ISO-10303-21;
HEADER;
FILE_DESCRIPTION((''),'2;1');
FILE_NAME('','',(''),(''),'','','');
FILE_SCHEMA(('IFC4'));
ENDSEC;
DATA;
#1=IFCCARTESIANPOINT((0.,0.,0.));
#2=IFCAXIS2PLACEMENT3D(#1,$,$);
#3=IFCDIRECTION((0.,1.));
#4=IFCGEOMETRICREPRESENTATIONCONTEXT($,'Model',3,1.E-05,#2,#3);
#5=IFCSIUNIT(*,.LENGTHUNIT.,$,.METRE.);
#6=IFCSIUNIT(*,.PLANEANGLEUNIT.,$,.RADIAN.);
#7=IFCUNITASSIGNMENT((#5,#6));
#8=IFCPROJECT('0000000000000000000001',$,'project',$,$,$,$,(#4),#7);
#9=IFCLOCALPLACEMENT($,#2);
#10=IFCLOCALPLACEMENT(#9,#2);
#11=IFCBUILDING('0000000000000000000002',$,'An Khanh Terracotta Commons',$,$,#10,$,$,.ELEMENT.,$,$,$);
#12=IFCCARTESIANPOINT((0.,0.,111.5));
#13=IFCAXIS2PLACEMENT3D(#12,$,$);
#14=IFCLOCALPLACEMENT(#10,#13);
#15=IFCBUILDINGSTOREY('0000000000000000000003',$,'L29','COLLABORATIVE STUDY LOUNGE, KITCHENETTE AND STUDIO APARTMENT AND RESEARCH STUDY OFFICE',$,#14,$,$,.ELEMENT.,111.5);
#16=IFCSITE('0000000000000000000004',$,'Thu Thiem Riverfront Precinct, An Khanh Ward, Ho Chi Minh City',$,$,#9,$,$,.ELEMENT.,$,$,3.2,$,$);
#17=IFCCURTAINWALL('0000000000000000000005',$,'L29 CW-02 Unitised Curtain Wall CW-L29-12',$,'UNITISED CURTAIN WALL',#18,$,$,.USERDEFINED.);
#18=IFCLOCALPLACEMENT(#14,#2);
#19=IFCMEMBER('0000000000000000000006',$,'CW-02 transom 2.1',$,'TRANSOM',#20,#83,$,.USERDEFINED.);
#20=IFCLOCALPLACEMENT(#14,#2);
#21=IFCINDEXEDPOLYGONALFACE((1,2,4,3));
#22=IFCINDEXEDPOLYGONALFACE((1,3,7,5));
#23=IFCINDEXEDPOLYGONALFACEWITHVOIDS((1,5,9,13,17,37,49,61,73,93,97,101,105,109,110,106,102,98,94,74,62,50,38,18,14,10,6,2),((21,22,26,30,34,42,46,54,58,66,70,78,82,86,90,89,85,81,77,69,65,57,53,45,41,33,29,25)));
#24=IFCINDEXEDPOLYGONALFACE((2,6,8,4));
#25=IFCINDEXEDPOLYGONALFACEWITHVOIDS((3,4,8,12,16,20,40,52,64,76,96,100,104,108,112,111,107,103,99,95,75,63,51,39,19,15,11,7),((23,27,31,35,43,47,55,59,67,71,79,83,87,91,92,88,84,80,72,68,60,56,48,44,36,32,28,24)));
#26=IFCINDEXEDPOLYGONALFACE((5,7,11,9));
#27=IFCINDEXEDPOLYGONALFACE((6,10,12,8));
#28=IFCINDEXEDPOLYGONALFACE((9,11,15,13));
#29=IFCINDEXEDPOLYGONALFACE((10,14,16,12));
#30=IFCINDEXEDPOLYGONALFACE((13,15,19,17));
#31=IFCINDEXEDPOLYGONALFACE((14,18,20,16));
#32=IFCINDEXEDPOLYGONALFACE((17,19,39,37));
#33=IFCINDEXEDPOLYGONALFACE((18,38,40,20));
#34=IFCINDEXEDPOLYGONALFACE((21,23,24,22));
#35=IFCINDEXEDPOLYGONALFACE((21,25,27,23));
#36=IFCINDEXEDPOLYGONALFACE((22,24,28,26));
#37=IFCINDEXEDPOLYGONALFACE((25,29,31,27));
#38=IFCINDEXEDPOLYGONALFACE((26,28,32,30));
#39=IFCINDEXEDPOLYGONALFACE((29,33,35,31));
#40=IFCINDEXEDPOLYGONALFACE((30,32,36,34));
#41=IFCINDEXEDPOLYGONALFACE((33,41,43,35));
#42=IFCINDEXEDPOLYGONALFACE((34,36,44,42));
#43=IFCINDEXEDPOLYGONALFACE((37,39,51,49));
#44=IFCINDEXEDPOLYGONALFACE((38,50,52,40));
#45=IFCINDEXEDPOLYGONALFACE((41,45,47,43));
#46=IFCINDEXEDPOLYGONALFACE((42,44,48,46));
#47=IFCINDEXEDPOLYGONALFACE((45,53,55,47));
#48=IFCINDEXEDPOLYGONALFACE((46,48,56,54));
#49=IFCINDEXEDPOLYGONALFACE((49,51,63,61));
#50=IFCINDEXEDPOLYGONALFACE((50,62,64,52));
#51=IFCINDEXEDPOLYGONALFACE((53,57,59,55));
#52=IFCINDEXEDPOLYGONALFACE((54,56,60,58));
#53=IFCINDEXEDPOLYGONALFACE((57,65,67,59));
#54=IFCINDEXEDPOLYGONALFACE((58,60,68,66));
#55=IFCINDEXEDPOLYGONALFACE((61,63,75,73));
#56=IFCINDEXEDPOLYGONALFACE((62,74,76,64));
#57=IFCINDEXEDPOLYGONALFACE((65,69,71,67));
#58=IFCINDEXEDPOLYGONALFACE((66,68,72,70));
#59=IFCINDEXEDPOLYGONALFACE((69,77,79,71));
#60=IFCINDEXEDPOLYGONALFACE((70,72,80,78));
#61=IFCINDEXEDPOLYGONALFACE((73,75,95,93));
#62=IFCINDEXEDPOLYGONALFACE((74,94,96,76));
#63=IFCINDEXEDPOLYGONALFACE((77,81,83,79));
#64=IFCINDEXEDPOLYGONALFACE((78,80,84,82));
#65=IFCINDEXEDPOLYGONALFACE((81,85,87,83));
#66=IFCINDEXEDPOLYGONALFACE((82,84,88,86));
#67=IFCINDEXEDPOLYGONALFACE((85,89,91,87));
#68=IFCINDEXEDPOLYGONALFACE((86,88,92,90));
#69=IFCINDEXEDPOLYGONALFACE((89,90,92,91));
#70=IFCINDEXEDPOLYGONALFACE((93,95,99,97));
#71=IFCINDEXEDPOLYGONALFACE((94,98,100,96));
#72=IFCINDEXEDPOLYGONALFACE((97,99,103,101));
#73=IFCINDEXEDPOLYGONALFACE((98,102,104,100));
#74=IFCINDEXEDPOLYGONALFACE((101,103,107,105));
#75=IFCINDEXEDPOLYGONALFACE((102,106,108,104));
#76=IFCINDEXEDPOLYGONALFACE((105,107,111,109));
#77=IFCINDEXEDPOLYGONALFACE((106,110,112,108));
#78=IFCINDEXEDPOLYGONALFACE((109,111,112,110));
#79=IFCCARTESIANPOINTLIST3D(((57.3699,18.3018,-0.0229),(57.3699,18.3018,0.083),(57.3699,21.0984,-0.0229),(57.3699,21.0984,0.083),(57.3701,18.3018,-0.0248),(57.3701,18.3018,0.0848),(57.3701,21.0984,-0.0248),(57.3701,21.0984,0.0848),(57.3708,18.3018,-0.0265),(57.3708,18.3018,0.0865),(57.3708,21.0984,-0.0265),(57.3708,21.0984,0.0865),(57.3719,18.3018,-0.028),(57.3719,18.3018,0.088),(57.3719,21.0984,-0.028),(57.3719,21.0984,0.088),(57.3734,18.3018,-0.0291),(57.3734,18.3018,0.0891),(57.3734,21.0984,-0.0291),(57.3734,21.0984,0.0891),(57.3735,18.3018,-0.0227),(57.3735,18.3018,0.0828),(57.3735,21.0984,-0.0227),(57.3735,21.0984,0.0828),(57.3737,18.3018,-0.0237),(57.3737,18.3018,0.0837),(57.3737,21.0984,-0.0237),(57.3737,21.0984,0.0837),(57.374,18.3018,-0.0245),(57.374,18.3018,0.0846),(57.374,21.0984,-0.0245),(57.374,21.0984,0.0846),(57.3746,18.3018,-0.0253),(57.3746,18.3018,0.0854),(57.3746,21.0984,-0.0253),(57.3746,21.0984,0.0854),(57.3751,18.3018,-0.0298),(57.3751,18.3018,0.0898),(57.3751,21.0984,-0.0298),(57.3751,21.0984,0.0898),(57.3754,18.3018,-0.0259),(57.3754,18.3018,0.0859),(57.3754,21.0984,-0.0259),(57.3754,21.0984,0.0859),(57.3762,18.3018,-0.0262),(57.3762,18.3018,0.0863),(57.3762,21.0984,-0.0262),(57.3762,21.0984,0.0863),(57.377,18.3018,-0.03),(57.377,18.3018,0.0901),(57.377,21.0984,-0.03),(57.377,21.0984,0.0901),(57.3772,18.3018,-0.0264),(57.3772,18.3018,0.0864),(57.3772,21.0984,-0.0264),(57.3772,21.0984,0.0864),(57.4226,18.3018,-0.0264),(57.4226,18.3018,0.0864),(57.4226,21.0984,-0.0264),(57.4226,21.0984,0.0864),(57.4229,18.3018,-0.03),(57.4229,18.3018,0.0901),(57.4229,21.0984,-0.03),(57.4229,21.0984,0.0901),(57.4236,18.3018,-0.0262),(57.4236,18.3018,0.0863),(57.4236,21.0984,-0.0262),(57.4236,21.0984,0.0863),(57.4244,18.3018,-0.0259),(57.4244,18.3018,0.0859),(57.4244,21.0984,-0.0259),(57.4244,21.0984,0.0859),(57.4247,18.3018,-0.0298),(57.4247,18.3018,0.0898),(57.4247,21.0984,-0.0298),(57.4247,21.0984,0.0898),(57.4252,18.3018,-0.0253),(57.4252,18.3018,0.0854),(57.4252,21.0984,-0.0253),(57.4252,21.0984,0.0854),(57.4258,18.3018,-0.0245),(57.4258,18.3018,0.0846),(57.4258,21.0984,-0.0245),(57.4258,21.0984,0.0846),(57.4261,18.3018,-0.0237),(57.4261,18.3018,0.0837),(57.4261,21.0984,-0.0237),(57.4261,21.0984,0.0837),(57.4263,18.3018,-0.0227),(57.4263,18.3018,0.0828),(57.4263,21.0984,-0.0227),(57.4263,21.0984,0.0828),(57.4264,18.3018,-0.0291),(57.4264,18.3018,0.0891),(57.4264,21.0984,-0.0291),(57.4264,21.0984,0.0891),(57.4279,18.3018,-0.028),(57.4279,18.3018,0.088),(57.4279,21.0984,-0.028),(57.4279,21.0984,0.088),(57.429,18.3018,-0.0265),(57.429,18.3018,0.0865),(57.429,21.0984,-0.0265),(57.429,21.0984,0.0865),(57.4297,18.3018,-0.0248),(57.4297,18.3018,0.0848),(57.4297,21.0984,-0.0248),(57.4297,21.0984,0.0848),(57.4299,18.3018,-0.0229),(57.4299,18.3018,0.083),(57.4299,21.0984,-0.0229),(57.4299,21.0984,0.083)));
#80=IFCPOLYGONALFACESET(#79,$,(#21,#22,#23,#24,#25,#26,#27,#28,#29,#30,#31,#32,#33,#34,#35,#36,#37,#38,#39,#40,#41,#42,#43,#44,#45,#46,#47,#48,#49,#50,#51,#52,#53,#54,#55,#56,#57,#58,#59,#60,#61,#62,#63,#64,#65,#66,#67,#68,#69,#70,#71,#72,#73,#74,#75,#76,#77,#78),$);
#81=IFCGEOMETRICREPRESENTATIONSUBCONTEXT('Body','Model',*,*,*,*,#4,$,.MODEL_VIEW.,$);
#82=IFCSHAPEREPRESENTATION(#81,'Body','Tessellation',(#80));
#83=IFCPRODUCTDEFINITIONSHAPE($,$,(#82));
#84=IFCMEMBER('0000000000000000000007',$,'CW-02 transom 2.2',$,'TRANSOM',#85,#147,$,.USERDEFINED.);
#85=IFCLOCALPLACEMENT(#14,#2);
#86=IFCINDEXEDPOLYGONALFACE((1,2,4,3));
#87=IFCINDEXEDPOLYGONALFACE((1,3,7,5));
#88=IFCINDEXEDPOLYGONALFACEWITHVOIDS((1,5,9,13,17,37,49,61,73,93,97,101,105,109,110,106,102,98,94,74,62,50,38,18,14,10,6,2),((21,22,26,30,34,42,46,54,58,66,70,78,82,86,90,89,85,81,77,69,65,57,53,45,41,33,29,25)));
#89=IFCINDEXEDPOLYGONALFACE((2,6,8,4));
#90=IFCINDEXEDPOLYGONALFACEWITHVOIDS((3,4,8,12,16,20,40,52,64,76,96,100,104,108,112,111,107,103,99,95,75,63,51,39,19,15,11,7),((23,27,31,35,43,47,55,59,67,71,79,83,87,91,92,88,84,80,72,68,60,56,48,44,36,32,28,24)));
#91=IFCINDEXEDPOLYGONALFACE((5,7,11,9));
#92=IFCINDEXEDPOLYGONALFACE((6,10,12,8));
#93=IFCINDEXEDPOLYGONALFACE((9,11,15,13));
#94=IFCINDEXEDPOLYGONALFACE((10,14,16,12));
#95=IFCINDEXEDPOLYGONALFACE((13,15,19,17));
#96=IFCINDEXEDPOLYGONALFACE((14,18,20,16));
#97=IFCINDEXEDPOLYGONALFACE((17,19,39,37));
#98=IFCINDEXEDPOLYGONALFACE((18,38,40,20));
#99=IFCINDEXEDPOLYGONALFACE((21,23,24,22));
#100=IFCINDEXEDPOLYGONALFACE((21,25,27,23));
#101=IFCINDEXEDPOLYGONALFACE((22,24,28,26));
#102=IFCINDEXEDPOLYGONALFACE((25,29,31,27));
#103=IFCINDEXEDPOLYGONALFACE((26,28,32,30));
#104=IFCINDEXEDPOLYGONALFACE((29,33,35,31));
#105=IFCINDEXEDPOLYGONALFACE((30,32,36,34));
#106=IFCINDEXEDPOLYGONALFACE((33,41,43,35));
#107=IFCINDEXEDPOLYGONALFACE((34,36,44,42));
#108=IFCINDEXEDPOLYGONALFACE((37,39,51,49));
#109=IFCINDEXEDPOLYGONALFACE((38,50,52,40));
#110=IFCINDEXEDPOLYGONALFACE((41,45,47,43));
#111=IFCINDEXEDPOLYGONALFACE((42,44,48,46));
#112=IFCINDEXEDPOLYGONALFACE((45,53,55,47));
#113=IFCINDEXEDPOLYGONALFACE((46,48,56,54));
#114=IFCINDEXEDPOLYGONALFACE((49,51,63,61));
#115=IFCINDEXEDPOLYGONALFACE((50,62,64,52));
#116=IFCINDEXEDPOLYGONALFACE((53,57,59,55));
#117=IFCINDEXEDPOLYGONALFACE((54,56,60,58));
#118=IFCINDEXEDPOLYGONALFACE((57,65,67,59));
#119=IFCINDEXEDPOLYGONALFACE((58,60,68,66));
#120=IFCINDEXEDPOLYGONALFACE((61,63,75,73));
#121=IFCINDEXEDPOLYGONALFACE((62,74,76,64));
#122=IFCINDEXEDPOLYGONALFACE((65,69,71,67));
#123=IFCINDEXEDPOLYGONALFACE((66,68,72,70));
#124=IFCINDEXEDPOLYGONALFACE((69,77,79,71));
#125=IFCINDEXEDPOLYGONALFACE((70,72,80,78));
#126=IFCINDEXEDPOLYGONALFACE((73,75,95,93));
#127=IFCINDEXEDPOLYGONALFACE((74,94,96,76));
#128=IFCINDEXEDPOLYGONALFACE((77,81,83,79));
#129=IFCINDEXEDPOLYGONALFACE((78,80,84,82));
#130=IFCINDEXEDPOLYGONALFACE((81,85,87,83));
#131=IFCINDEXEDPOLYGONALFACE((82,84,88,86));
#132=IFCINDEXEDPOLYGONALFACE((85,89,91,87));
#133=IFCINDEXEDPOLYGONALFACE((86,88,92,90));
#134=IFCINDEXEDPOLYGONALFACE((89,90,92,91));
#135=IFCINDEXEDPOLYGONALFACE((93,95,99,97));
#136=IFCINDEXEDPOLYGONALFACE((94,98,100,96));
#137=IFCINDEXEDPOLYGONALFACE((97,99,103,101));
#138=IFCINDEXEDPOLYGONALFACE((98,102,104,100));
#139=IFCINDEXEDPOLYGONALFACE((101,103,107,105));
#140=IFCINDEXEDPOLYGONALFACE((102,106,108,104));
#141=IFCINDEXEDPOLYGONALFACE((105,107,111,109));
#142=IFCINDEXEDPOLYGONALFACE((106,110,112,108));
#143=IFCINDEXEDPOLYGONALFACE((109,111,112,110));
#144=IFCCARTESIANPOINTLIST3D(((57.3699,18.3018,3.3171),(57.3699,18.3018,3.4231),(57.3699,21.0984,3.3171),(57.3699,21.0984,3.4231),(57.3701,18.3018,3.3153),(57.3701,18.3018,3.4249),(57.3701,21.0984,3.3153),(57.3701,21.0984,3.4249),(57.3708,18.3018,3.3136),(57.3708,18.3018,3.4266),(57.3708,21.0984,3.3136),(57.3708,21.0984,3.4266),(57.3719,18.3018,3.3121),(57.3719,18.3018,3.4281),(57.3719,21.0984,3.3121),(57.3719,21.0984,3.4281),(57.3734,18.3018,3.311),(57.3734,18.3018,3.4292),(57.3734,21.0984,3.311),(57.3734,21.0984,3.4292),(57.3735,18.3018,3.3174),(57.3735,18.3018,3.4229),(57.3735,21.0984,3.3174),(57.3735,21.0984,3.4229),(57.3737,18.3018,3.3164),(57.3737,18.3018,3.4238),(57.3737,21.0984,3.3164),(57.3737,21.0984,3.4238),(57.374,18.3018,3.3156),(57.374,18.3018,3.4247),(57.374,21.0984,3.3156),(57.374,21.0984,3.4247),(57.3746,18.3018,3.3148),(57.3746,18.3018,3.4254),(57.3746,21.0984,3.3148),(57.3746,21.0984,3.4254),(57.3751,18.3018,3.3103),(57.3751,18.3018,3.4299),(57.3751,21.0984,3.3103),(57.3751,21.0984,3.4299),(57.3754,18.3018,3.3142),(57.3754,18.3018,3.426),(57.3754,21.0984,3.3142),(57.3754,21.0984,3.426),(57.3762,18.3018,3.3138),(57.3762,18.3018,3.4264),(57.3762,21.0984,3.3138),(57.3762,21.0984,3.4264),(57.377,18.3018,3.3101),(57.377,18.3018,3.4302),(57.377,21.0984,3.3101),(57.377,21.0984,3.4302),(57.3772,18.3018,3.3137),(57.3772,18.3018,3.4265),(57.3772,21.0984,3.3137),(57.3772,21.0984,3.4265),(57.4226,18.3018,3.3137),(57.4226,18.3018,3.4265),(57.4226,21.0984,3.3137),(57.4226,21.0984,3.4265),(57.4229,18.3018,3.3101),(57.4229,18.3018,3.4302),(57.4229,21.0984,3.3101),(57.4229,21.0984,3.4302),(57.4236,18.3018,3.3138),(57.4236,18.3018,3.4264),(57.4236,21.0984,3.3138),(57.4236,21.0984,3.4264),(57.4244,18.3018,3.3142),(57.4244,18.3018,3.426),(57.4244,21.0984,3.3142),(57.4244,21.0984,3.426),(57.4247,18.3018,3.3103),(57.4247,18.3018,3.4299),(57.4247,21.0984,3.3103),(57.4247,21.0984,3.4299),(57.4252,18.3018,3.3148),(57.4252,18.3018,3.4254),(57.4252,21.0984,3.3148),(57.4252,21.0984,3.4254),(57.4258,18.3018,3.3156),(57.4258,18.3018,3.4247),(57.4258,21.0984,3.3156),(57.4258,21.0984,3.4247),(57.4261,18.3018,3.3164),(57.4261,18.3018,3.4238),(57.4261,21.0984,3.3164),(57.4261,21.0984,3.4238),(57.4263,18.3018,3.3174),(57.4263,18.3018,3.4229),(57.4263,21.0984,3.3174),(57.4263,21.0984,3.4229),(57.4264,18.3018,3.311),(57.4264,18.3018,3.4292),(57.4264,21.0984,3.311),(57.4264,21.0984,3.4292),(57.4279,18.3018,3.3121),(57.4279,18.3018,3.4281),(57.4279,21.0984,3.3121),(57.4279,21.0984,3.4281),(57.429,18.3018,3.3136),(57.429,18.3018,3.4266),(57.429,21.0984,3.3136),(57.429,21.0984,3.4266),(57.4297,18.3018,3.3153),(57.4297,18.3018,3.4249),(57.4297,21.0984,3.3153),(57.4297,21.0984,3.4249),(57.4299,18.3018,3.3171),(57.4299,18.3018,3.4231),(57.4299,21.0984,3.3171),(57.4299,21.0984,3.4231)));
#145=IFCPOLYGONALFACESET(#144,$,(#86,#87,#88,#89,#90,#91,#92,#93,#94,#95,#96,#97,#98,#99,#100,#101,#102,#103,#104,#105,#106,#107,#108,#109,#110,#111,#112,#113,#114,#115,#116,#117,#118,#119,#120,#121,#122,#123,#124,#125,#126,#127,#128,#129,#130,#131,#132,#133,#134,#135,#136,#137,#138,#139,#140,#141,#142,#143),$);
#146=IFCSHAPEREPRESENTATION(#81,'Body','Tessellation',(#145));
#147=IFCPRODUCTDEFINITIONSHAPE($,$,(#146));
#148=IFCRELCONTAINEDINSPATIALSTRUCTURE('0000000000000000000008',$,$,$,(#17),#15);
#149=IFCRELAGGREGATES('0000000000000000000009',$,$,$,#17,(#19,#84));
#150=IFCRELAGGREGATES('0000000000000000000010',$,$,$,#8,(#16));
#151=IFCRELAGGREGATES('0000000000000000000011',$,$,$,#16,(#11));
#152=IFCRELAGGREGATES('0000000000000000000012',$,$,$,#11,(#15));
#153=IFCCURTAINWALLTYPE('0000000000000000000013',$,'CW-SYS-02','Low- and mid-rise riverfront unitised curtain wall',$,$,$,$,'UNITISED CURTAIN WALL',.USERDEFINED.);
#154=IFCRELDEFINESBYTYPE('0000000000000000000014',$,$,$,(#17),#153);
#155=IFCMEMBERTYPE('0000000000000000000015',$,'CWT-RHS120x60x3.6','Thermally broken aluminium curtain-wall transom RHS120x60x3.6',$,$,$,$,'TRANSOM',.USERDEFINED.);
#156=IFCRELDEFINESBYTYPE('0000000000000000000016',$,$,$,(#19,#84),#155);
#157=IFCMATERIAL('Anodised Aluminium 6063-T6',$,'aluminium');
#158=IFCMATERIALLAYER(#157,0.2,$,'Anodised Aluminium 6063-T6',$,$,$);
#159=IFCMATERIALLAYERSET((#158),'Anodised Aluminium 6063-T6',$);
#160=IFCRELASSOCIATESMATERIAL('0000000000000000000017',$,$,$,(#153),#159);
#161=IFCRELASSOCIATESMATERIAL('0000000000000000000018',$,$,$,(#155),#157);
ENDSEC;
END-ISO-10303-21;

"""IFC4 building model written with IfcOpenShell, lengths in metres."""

from ifc_helpers import new_model, si_unit, direction, frame, origin, origin_2d, place, context, subcontext, project, spatial, hollow_rectangle, extrude, material, layer, layer_set, material_profile, profile_set, type_object, element, aggregate, save


model = new_model("IFC4")

# Units and contexts
model_context = context("Model", 3, precision=1e-05, world=origin(), true_north=direction((0.0, 1.0)))
body_context = subcontext(model_context, "Body", "Model", "MODEL_VIEW")
ifc_project = project(units=[si_unit("LENGTHUNIT", "METRE"), si_unit("PLANEANGLEUNIT", "RADIAN")], contexts=[model_context])

# Site, building, storey
site_placement = place(None, origin())
site = spatial("IfcSite", under=ifc_project, at=site_placement, Name="Thu Thiem Riverfront Precinct, An Khanh Ward, Ho Chi Minh City", CompositionType="ELEMENT", RefElevation=3.2)
building_placement = place(site_placement, origin())
building = spatial("IfcBuilding", under=site, at=building_placement, Name="An Khanh Terracotta Commons", CompositionType="ELEMENT")
storey_placement = place(building_placement, frame((0.0, 0.0, 111.5)))
storey = spatial("IfcBuildingStorey", under=building, at=storey_placement, Name="L29", Description="COLLABORATIVE STUDY LOUNGE, KITCHENETTE AND STUDIO APARTMENT AND RESEARCH STUDY OFFICE", CompositionType="ELEMENT", Elevation=111.5)

# Curtain wall
ifc_material_1 = material(Name="Anodised Aluminium 6063-T6", Category="aluminium")
ifc_layer_1 = layer(ifc_material_1, 0.2, Name="Anodised Aluminium 6063-T6")
ifc_layer_set_1 = layer_set([ifc_layer_1], Name="Anodised Aluminium 6063-T6")
curtain_wall_type = type_object("IfcCurtainWallType", Name="CW-SYS-02", Description="Low- and mid-rise riverfront unitised curtain wall", ElementType="UNITISED CURTAIN WALL", PredefinedType="USERDEFINED", material=ifc_layer_set_1)
curtain_wall_1_placement = place(storey_placement, origin())
curtain_wall_1 = element("IfcCurtainWall", 1, at=curtain_wall_1_placement, inside=storey, type_object=curtain_wall_type, Name="L29 CW-02 Unitised Curtain Wall CW-L29-12", ObjectType="UNITISED CURTAIN WALL", PredefinedType="USERDEFINED")

# Members
ifc_material_profile_1 = material_profile(ifc_material_1, hollow_rectangle(XDim=0.0601, YDim=0.1201, WallThickness=0.0037, InnerFilletRadius=0.0037, OuterFilletRadius=0.0071, at=origin_2d()), Name="RHS120x60x3.6")
ifc_profile_set_1 = profile_set([ifc_material_profile_1], Name="Anodised Aluminium 6063-T6")
member_type_1 = type_object("IfcMemberType", Name="CWT-RHS120x60x3.6", Description="Thermally broken aluminium curtain-wall transom RHS120x60x3.6", ElementType="TRANSOM", PredefinedType="USERDEFINED", material=ifc_profile_set_1)
member_1_placement = place(storey_placement, frame((57.3999, 18.3018, 0.03), z_axis=(0.0, 1.0, 0.0), x_axis=(-1.0, 0.0, 0.0)))
member_1 = element("IfcMember", 2, at=member_1_placement, type_object=member_type_1, Name="CW-02 transom 2.1", ObjectType="TRANSOM", PredefinedType="USERDEFINED", context=body_context, shape_type="SweptSolid", body=[
    extrude(hollow_rectangle(XDim=0.0601, YDim=0.1201, WallThickness=0.0037, InnerFilletRadius=0.0037, OuterFilletRadius=0.0071, at=origin_2d()), origin(), (0.0, 0.0, 1.0), 2.7966),
])
member_2_placement = place(storey_placement, frame((57.3999, 18.3018, 3.3701), z_axis=(0.0, 1.0, 0.0), x_axis=(-1.0, 0.0, 0.0)))
member_2 = element("IfcMember", 3, at=member_2_placement, type_object=member_type_1, Name="CW-02 transom 2.2", ObjectType="TRANSOM", PredefinedType="USERDEFINED", context=body_context, shape_type="SweptSolid", body=[
    extrude(hollow_rectangle(XDim=0.0601, YDim=0.1201, WallThickness=0.0037, InnerFilletRadius=0.0037, OuterFilletRadius=0.0071, at=origin_2d()), origin(), (0.0, 0.0, 1.0), 2.7966),
])

aggregate(curtain_wall_1, [member_1, member_2])

save(model, "model.ifc")
